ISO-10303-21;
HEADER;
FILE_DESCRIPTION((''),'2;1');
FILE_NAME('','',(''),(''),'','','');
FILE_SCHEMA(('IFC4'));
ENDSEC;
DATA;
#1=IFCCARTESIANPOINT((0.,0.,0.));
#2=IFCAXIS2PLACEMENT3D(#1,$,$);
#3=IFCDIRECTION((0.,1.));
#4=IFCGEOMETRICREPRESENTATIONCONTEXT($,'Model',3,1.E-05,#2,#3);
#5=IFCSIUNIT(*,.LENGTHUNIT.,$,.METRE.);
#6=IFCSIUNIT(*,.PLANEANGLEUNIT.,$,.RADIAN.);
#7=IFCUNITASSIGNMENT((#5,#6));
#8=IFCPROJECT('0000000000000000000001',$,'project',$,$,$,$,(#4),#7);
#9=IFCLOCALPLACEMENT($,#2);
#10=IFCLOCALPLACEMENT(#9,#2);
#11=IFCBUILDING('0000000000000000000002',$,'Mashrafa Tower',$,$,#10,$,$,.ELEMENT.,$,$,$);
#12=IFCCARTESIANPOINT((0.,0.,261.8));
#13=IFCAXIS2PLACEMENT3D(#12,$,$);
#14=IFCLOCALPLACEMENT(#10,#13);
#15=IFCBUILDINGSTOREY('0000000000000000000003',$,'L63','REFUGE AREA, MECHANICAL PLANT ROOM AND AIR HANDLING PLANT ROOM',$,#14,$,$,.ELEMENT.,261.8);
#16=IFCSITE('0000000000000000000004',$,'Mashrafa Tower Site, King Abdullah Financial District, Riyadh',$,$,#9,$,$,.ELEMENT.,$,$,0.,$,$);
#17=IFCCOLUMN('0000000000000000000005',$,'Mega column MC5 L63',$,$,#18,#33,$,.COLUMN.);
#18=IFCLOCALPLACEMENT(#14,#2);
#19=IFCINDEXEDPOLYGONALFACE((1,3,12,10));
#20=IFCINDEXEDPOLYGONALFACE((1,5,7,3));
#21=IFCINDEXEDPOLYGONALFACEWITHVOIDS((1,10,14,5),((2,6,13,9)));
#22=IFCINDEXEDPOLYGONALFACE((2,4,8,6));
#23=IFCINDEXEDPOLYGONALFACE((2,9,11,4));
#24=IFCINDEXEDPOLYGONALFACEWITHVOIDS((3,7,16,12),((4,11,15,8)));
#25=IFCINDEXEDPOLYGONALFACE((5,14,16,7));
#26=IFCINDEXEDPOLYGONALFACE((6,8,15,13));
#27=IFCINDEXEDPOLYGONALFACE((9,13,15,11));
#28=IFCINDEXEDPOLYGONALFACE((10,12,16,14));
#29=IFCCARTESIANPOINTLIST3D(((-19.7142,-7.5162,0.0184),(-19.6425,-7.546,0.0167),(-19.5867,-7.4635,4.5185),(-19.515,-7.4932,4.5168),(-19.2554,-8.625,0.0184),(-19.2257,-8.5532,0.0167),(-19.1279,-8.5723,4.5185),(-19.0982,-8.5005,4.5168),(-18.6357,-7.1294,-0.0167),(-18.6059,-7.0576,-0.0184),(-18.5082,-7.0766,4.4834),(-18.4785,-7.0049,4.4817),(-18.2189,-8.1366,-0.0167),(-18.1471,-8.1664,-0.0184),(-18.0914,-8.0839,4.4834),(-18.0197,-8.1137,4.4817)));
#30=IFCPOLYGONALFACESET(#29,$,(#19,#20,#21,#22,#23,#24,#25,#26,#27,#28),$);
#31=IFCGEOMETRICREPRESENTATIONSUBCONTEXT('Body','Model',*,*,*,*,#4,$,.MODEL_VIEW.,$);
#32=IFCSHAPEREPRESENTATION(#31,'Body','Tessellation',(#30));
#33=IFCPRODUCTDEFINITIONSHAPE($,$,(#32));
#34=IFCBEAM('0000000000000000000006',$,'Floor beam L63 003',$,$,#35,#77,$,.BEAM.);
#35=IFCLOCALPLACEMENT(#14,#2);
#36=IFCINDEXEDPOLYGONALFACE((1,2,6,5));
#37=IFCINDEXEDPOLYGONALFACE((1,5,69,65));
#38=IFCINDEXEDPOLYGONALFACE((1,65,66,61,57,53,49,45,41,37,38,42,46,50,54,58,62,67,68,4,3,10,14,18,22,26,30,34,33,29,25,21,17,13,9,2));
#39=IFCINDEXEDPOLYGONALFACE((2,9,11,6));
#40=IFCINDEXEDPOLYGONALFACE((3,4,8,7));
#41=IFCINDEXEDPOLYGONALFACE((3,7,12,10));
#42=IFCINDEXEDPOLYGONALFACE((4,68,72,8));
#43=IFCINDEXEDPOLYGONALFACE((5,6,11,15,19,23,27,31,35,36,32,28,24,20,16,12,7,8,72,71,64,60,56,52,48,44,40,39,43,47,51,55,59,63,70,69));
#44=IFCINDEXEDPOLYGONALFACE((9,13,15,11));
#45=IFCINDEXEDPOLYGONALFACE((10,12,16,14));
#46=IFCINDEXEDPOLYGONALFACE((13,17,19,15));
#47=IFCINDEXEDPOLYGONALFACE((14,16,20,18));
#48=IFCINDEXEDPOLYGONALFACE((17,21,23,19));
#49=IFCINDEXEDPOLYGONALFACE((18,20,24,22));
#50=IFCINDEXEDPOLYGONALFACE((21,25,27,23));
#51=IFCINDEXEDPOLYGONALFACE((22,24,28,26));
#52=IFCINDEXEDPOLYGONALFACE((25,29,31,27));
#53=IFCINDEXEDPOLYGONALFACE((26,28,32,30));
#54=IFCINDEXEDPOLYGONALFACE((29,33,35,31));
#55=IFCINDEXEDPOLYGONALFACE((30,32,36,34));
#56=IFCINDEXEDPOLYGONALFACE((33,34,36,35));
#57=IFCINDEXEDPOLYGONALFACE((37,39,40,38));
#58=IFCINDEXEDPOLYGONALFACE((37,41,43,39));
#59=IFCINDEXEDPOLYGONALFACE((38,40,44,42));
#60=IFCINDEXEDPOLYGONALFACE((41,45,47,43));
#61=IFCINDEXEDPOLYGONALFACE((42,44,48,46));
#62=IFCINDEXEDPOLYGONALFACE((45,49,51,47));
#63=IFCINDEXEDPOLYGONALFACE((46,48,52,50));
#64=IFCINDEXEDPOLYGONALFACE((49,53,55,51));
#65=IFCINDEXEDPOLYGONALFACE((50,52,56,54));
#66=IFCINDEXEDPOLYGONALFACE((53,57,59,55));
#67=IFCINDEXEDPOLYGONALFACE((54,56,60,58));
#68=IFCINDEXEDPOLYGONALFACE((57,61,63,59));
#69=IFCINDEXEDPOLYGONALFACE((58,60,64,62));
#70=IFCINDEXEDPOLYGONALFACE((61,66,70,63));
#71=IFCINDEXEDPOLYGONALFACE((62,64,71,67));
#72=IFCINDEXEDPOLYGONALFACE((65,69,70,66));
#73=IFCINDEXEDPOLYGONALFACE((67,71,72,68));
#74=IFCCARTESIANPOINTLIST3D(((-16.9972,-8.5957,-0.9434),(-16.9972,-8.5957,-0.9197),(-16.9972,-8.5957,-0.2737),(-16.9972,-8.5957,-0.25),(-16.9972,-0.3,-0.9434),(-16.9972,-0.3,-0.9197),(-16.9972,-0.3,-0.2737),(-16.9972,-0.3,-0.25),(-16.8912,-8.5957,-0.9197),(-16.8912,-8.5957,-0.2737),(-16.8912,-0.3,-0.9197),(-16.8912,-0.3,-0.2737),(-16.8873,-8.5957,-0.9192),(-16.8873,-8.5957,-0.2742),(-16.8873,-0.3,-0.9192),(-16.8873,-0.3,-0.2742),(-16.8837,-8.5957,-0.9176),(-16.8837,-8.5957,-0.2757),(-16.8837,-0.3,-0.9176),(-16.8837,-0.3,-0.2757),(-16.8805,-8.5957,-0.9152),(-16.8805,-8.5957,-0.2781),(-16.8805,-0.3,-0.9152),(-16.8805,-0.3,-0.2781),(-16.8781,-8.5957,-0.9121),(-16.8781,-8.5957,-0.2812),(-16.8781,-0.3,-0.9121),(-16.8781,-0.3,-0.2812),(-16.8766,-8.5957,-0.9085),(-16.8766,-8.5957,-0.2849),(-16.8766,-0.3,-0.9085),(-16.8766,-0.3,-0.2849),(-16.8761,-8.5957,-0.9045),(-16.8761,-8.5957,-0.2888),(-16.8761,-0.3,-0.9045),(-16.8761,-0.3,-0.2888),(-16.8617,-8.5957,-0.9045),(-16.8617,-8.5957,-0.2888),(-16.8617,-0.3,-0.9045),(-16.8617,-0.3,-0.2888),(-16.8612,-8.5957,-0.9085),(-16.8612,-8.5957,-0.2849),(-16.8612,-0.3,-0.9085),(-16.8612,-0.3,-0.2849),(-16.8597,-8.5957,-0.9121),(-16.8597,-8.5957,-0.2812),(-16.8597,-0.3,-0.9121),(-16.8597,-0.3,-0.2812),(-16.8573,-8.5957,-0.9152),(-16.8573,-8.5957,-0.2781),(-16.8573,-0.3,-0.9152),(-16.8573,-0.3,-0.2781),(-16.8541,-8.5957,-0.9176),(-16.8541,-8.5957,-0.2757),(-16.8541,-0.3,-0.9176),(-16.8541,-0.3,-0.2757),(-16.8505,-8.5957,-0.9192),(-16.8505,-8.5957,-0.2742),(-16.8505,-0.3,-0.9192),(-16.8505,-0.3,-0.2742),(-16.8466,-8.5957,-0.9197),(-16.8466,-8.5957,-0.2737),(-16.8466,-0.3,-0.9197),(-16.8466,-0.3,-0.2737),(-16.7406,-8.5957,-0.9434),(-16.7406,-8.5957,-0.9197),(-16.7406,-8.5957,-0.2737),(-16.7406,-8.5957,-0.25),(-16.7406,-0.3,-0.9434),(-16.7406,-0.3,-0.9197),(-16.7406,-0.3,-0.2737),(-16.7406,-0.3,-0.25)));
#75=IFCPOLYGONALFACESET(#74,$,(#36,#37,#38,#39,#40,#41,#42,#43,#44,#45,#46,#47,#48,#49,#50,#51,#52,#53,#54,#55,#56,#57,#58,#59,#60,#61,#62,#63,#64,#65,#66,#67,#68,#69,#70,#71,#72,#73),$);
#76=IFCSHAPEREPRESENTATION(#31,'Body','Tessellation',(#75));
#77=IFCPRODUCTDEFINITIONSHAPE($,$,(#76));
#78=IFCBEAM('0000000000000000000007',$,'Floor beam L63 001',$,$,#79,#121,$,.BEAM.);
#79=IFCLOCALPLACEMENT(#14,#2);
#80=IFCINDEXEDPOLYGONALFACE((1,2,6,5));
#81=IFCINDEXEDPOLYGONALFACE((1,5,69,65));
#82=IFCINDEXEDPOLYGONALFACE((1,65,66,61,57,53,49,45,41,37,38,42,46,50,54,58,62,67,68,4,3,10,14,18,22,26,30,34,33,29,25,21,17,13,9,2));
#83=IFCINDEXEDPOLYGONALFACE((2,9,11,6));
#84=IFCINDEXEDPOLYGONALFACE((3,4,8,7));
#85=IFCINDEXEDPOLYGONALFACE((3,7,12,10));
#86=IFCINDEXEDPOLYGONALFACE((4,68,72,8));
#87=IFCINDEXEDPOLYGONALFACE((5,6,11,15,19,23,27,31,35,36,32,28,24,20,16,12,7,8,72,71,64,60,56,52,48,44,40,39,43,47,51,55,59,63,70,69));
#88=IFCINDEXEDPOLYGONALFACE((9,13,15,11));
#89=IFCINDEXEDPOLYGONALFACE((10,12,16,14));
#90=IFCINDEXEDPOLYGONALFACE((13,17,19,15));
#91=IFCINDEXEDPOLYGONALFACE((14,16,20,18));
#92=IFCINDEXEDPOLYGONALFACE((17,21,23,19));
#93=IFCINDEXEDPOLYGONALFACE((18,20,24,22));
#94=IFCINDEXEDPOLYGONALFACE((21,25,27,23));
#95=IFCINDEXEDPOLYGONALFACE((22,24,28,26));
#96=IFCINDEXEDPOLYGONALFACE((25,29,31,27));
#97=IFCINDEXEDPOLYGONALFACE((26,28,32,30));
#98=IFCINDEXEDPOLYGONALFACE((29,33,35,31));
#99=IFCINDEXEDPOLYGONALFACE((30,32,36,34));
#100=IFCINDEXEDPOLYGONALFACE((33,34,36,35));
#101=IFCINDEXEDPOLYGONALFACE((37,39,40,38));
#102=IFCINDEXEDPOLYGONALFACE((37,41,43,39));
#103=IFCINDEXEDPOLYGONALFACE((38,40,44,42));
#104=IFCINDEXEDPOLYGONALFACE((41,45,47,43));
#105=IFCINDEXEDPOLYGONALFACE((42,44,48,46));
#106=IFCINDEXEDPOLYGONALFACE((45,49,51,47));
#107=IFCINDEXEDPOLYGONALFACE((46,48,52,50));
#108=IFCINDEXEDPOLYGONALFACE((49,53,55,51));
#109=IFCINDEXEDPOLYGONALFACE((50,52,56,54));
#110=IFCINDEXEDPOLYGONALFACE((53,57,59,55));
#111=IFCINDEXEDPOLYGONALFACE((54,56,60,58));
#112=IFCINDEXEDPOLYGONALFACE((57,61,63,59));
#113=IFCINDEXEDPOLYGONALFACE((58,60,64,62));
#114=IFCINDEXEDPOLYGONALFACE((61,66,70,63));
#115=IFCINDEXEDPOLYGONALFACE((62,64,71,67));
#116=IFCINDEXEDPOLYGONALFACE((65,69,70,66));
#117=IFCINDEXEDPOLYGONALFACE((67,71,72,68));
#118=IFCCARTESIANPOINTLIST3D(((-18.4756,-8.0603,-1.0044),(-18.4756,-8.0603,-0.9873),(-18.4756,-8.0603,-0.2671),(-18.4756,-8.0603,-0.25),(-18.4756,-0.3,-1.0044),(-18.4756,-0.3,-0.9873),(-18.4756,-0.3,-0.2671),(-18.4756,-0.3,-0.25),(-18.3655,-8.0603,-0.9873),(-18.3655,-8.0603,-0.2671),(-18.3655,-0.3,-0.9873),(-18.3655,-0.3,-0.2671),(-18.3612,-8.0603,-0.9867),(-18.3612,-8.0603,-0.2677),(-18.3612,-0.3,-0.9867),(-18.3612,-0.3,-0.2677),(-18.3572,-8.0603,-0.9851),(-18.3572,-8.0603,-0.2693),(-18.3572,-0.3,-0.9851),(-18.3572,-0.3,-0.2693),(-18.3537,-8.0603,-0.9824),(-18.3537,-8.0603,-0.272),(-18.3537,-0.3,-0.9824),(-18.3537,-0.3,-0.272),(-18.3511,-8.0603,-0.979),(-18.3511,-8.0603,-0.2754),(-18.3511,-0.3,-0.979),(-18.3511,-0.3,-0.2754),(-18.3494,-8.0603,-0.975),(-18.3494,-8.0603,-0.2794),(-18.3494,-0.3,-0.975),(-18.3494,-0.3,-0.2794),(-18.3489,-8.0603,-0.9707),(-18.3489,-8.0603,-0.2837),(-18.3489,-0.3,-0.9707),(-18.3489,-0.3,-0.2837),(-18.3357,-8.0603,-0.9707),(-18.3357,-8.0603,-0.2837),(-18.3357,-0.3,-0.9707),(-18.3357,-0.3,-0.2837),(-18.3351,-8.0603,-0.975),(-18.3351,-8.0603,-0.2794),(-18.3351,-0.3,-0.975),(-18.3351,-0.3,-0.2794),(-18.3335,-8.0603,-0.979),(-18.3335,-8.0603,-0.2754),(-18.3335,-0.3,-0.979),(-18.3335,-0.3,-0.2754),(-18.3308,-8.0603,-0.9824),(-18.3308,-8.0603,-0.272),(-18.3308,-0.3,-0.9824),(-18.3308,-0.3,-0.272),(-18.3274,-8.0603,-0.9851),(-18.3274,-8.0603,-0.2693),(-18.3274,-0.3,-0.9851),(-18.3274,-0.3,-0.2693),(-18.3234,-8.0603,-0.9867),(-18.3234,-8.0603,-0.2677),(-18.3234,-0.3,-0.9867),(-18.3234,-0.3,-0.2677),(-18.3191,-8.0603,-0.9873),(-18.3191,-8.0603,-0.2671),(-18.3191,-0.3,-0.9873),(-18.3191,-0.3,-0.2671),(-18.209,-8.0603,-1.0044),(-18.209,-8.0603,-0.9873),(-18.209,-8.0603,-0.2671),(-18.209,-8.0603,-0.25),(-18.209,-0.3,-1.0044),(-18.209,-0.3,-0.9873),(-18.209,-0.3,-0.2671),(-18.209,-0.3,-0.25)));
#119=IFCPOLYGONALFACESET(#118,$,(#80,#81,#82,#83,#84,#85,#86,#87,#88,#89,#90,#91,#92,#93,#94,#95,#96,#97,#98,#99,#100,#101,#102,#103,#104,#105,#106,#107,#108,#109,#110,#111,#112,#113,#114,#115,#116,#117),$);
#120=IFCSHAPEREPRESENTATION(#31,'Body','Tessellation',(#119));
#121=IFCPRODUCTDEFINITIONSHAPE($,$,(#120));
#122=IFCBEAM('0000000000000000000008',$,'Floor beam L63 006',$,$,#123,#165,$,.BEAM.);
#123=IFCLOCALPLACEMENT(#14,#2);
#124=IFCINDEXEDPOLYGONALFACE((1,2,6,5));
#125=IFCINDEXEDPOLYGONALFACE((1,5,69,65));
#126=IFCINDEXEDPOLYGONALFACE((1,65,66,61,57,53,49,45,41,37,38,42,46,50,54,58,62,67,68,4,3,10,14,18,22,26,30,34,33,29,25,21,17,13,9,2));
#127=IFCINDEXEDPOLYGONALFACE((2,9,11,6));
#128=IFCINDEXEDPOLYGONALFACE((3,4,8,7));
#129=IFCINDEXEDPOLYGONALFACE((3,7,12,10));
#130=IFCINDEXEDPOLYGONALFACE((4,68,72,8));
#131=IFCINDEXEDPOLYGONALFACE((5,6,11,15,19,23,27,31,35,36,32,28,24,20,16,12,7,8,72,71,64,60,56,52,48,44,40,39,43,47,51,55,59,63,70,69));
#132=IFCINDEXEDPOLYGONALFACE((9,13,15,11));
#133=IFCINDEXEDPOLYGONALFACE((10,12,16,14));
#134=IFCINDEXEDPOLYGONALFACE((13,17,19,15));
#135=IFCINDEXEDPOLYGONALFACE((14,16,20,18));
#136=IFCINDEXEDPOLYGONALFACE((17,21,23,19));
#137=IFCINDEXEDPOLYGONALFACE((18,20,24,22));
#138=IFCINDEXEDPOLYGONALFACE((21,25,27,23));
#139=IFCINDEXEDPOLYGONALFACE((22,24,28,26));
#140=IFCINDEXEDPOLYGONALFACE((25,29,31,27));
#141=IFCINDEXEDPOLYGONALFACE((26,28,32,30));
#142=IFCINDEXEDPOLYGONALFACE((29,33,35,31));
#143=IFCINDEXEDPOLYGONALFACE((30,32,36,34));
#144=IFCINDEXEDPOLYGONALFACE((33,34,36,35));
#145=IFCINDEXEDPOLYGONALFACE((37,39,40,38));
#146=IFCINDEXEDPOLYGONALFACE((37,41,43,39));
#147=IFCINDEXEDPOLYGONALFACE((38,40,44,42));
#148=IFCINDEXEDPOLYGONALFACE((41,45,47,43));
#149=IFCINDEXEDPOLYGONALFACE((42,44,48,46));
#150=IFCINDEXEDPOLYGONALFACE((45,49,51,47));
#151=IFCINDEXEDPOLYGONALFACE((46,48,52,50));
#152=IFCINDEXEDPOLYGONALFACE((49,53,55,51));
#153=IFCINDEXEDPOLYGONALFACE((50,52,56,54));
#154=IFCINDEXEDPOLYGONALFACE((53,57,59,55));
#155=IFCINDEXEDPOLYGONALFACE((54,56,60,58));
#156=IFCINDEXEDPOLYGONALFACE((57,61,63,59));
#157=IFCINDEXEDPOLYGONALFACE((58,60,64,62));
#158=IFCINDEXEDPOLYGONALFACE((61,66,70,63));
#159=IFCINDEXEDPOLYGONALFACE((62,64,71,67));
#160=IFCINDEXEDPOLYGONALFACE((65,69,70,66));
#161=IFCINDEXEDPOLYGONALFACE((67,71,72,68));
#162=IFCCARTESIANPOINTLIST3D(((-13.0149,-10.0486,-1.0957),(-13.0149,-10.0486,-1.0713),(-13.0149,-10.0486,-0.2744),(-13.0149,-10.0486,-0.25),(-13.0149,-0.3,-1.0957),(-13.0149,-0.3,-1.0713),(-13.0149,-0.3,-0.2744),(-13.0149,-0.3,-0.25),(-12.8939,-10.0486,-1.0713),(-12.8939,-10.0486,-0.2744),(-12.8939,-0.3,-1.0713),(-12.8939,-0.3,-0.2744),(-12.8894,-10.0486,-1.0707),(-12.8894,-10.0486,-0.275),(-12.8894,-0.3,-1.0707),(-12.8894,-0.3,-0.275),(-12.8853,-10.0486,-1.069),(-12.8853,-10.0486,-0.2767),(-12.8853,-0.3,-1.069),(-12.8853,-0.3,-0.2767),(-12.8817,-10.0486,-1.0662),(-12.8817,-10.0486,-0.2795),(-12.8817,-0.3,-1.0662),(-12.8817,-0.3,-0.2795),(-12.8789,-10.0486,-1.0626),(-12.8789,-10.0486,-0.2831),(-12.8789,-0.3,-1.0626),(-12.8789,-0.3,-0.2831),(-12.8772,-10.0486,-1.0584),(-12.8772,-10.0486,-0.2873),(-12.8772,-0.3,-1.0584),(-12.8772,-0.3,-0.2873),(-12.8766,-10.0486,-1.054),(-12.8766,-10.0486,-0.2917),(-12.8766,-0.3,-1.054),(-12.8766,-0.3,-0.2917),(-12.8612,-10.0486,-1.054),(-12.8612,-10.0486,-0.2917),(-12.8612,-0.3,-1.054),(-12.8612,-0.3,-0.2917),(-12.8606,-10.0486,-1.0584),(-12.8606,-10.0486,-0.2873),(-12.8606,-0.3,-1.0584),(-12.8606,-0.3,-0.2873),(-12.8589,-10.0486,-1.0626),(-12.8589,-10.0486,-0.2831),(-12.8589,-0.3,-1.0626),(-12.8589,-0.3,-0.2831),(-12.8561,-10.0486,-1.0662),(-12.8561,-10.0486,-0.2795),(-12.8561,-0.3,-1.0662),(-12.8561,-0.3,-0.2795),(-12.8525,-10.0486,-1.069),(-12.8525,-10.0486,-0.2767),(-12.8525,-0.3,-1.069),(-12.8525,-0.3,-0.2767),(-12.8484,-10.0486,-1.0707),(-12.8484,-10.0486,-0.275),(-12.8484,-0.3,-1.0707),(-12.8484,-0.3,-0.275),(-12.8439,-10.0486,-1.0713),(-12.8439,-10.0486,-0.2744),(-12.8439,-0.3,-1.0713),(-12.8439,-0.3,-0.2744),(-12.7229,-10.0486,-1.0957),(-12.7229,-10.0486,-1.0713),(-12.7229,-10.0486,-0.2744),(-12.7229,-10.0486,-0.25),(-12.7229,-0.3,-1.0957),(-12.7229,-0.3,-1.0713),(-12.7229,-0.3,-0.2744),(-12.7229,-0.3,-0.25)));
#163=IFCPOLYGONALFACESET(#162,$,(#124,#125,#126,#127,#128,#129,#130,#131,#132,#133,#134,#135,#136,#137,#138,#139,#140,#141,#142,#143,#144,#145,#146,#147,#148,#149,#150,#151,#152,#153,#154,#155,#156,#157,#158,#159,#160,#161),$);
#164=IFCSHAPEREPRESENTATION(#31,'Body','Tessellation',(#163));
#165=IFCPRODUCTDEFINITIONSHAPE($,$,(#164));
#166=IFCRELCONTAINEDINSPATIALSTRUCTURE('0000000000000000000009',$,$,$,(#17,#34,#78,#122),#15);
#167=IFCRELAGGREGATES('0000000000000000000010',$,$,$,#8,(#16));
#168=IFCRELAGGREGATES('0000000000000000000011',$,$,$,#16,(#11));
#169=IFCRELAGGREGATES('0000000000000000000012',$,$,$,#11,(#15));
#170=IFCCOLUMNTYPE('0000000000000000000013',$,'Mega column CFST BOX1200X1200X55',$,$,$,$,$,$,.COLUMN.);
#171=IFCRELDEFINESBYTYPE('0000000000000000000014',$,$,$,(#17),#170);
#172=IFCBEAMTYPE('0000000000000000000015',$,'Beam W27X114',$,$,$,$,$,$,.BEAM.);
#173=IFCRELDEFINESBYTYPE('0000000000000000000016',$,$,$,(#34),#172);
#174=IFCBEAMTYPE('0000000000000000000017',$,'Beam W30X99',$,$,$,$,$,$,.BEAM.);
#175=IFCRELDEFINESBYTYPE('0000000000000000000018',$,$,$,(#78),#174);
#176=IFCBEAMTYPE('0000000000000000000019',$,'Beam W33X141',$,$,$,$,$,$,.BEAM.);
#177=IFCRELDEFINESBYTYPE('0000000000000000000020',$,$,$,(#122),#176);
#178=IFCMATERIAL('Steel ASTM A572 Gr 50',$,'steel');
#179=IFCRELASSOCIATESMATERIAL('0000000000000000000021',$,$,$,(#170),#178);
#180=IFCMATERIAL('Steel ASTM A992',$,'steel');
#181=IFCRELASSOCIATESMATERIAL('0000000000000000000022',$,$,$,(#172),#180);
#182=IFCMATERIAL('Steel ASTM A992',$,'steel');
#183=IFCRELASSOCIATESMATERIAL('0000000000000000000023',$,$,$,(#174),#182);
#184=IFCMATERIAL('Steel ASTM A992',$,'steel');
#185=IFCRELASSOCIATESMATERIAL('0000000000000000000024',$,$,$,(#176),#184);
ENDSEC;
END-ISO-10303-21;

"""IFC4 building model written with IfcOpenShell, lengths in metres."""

from ifc_helpers import new_model, si_unit, direction, frame, origin, origin_2d, place, context, subcontext, project, spatial, hollow_rectangle, i_section, extrude, material, material_profile, profile_set, type_object, element, save


model = new_model("IFC4")

# Units and contexts
model_context = context("Model", 3, precision=1e-05, world=origin(), true_north=direction((0.0, 1.0)))
body_context = subcontext(model_context, "Body", "Model", "MODEL_VIEW")
ifc_project = project(units=[si_unit("LENGTHUNIT", "METRE"), si_unit("PLANEANGLEUNIT", "RADIAN")], contexts=[model_context])

# Site, building, storey
site_placement = place(None, origin())
site = spatial("IfcSite", under=ifc_project, at=site_placement, Name="Mashrafa Tower Site, King Abdullah Financial District, Riyadh", CompositionType="ELEMENT", RefElevation=0.0)
building_placement = place(site_placement, origin())
building = spatial("IfcBuilding", under=site, at=building_placement, Name="Mashrafa Tower", CompositionType="ELEMENT")
storey_placement = place(building_placement, frame((0.0, 0.0, 261.8)))
storey = spatial("IfcBuildingStorey", under=building, at=storey_placement, Name="L63", Description="REFUGE AREA, MECHANICAL PLANT ROOM AND AIR HANDLING PLANT ROOM", CompositionType="ELEMENT", Elevation=261.8)

# Column
ifc_material_1 = material(Name="Steel ASTM A572 Gr 50", Category="steel")
ifc_material_profile_1 = material_profile(ifc_material_1, hollow_rectangle(XDim=1.2, YDim=1.2, WallThickness=0.0549, at=origin_2d()), Name="BOX1200X1200X55")
ifc_profile_set_1 = profile_set([ifc_material_profile_1], Name="Steel ASTM A572 Gr 50")
column_type = type_object("IfcColumnType", Name="Mega column CFST BOX1200X1200X55", PredefinedType="COLUMN", material=ifc_profile_set_1)
column_placement = place(storey_placement, frame((-18.9307, -7.8413, 0.0), z_axis=(0.028307, 0.011713, 0.999531), x_axis=(-0.382352, 0.924017, 0.0)))
element("IfcColumn", 1, at=column_placement, inside=storey, type_object=column_type, Name="Mega column MC5 L63", PredefinedType="COLUMN", context=body_context, shape_type="SweptSolid", body=[
    extrude(hollow_rectangle(XDim=1.2, YDim=1.2, WallThickness=0.0549, at=origin_2d()), origin(), (0.0, 0.0, 1.0), 4.5022),
])

# Beams
ifc_material_2 = material(Name="Steel ASTM A992", Category="steel")
ifc_material_profile_2 = material_profile(ifc_material_2, i_section(OverallWidth=0.2566, OverallDepth=0.6934, WebThickness=0.0144, FlangeThickness=0.0237, FilletRadius=0.0151, at=origin_2d()), Name="W27X114")
ifc_profile_set_2 = profile_set([ifc_material_profile_2], Name="Steel ASTM A992")
beam_type_1 = type_object("IfcBeamType", Name="Beam W27X114", PredefinedType="BEAM", material=ifc_profile_set_2)
beam_1_placement = place(storey_placement, frame((-16.8689, -8.5957, -0.5967), z_axis=(0.0, 1.0, 0.0), x_axis=(-1.0, 0.0, 0.0)))
element("IfcBeam", 2, at=beam_1_placement, inside=storey, type_object=beam_type_1, Name="Floor beam L63 003", PredefinedType="BEAM", context=body_context, shape_type="SweptSolid", body=[
    extrude(i_section(OverallWidth=0.2566, OverallDepth=0.6934, WebThickness=0.0144, FlangeThickness=0.0237, FilletRadius=0.0151, at=origin_2d()), origin(), (0.0, 0.0, 1.0), 8.2957),
])
ifc_material_3 = material(Name="Steel ASTM A992", Category="steel")
ifc_material_profile_3 = material_profile(ifc_material_3, i_section(OverallWidth=0.2666, OverallDepth=0.7544, WebThickness=0.0132, FlangeThickness=0.0171, FilletRadius=0.0166, at=origin_2d()), Name="W30X99")
ifc_profile_set_3 = profile_set([ifc_material_profile_3], Name="Steel ASTM A992")
beam_type_2 = type_object("IfcBeamType", Name="Beam W30X99", PredefinedType="BEAM", material=ifc_profile_set_3)
beam_2_placement = place(storey_placement, frame((-18.3423, -8.0603, -0.6272), z_axis=(0.0, 1.0, 0.0), x_axis=(-1.0, 0.0, 0.0)))
element("IfcBeam", 3, at=beam_2_placement, inside=storey, type_object=beam_type_2, Name="Floor beam L63 001", PredefinedType="BEAM", context=body_context, shape_type="SweptSolid", body=[
    extrude(i_section(OverallWidth=0.2666, OverallDepth=0.7544, WebThickness=0.0132, FlangeThickness=0.0171, FilletRadius=0.0166, at=origin_2d()), origin(), (0.0, 0.0, 1.0), 7.7603),
])
ifc_material_4 = material(Name="Steel ASTM A992", Category="steel")
ifc_material_profile_4 = material_profile(ifc_material_4, i_section(OverallWidth=0.292, OverallDepth=0.8457, WebThickness=0.0154, FlangeThickness=0.0244, FilletRadius=0.0173, at=origin_2d()), Name="W33X141")
ifc_profile_set_4 = profile_set([ifc_material_profile_4], Name="Steel ASTM A992")
beam_type_3 = type_object("IfcBeamType", Name="Beam W33X141", PredefinedType="BEAM", material=ifc_profile_set_4)
beam_3_placement = place(storey_placement, frame((-12.8689, -10.0486, -0.6729), z_axis=(0.0, 1.0, 0.0), x_axis=(-1.0, 0.0, 0.0)))
element("IfcBeam", 4, at=beam_3_placement, inside=storey, type_object=beam_type_3, Name="Floor beam L63 006", PredefinedType="BEAM", context=body_context, shape_type="SweptSolid", body=[
    extrude(i_section(OverallWidth=0.292, OverallDepth=0.8457, WebThickness=0.0154, FlangeThickness=0.0244, FilletRadius=0.0173, at=origin_2d()), origin(), (0.0, 0.0, 1.0), 9.7485),
])

save(model, "model.ifc")
